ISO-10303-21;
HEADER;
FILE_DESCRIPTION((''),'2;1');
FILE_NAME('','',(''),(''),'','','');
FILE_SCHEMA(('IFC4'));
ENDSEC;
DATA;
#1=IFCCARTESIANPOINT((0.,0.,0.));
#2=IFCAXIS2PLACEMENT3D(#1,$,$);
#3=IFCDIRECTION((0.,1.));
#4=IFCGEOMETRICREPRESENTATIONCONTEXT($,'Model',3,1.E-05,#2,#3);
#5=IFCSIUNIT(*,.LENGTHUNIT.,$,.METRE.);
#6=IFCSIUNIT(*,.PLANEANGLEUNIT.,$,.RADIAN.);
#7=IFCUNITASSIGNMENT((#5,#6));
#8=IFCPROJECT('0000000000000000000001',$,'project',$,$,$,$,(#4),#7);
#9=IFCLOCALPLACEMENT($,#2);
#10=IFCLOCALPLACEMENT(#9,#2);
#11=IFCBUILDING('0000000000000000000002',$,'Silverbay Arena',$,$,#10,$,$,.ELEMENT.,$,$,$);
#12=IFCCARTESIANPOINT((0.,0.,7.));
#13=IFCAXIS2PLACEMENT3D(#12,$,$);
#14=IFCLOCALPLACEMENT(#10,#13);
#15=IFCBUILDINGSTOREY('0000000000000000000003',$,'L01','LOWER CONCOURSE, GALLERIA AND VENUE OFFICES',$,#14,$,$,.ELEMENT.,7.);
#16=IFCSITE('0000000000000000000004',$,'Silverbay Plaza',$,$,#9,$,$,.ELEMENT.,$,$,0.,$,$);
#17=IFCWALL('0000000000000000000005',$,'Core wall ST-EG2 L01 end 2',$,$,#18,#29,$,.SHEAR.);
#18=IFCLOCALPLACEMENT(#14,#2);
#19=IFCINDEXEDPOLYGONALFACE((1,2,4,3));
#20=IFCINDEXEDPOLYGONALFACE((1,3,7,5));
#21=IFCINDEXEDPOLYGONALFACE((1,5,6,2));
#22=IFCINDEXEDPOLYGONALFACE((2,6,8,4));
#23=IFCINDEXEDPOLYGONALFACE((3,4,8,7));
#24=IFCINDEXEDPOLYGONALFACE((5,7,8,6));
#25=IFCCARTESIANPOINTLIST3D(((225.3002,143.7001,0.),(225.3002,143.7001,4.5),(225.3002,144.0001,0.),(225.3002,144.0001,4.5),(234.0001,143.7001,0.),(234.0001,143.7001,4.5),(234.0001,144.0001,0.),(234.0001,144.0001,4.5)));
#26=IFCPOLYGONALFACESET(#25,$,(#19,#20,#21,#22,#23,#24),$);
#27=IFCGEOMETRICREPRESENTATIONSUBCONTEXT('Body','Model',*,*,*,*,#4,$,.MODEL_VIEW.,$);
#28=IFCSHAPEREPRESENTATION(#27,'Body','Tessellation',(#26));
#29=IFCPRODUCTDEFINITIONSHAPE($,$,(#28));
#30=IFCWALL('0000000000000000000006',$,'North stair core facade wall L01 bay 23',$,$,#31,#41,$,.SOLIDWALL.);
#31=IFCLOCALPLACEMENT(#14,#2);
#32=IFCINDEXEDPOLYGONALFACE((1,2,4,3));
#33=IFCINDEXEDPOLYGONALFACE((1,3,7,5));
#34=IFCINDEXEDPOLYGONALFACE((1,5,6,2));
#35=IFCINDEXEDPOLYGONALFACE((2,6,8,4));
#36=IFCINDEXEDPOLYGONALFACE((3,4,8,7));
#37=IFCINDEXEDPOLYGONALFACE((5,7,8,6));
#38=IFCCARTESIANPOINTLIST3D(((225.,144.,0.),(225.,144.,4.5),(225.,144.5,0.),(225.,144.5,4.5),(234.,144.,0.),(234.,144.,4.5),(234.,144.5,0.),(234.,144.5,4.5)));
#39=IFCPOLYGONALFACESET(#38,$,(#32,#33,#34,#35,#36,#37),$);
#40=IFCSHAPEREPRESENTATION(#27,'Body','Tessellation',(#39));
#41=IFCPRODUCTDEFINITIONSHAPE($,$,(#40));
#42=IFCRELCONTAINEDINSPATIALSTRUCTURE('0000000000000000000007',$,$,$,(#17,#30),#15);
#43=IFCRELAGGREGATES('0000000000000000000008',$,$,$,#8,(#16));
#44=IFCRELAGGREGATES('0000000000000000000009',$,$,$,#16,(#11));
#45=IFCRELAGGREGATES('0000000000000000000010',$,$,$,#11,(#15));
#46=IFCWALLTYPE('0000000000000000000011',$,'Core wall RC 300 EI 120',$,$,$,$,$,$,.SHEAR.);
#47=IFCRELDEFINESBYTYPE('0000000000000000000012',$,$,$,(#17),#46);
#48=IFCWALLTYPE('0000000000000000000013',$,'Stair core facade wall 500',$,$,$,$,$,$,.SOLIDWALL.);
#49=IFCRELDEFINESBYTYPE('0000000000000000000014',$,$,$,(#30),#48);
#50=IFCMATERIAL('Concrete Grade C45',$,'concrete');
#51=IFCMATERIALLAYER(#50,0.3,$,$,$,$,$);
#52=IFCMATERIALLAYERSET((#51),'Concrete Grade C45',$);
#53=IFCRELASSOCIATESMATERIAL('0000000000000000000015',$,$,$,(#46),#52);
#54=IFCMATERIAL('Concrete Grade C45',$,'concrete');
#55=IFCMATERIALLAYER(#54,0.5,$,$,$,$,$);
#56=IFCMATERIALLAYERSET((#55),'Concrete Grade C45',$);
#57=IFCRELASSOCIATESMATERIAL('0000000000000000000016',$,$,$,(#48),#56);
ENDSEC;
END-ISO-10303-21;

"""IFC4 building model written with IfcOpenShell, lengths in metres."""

from ifc_helpers import new_model, si_unit, direction, frame, frame_2d, origin, place, context, subcontext, project, spatial, rectangle, extrude, material, layer, layer_set, type_object, element, save


model = new_model("IFC4")

# Units and contexts
model_context = context("Model", 3, precision=1e-05, world=origin(), true_north=direction((0.0, 1.0)))
body_context = subcontext(model_context, "Body", "Model", "MODEL_VIEW")
ifc_project = project(units=[si_unit("LENGTHUNIT", "METRE"), si_unit("PLANEANGLEUNIT", "RADIAN")], contexts=[model_context])

# Site, building, storey
site_placement = place(None, origin())
site = spatial("IfcSite", under=ifc_project, at=site_placement, Name="Silverbay Plaza", CompositionType="ELEMENT", RefElevation=0.0)
building_placement = place(site_placement, origin())
building = spatial("IfcBuilding", under=site, at=building_placement, Name="Silverbay Arena", CompositionType="ELEMENT")
storey_placement = place(building_placement, frame((0.0, 0.0, 7.0)))
storey = spatial("IfcBuildingStorey", under=building, at=storey_placement, Name="L01", Description="LOWER CONCOURSE, GALLERIA AND VENUE OFFICES", CompositionType="ELEMENT", Elevation=7.0)

# Walls
ifc_material_1 = material(Name="Concrete Grade C45", Category="concrete")
ifc_layer_1 = layer(ifc_material_1, 0.3)
ifc_layer_set_1 = layer_set([ifc_layer_1], Name="Concrete Grade C45")
wall_type_1 = type_object("IfcWallType", Name="Core wall RC 300 EI 120", PredefinedType="SHEAR", material=ifc_layer_set_1)
wall_1_placement = place(storey_placement, frame((225.3, 143.8501, 0.0), z_axis=(0.0, 0.0, 1.0), x_axis=(1.0, 0.0, 0.0)))
element("IfcWall", 1, at=wall_1_placement, inside=storey, type_object=wall_type_1, Name="Core wall ST-EG2 L01 end 2", PredefinedType="SHEAR", context=body_context, shape_type="SweptSolid", body=[
    extrude(rectangle(XDim=8.7, YDim=0.3, at=frame_2d((4.3501, 0.0))), origin(), (0.0, 0.0, 1.0), 4.5),
])
ifc_material_2 = material(Name="Concrete Grade C45", Category="concrete")
ifc_layer_2 = layer(ifc_material_2, 0.5)
ifc_layer_set_2 = layer_set([ifc_layer_2], Name="Concrete Grade C45")
wall_type_2 = type_object("IfcWallType", Name="Stair core facade wall 500", PredefinedType="SOLIDWALL", material=ifc_layer_set_2)
wall_2_placement = place(storey_placement, frame((234.0, 144.25, 0.0), z_axis=(0.0, 0.0, 1.0), x_axis=(-1.0, 0.0, 0.0)))
element("IfcWall", 2, at=wall_2_placement, inside=storey, type_object=wall_type_2, Name="North stair core facade wall L01 bay 23", PredefinedType="SOLIDWALL", context=body_context, shape_type="SweptSolid", body=[
    extrude(rectangle(XDim=9.0, YDim=0.5, at=frame_2d((4.5, 0.0))), origin(), (0.0, 0.0, 1.0), 4.5),
])

save(model, "model.ifc")
